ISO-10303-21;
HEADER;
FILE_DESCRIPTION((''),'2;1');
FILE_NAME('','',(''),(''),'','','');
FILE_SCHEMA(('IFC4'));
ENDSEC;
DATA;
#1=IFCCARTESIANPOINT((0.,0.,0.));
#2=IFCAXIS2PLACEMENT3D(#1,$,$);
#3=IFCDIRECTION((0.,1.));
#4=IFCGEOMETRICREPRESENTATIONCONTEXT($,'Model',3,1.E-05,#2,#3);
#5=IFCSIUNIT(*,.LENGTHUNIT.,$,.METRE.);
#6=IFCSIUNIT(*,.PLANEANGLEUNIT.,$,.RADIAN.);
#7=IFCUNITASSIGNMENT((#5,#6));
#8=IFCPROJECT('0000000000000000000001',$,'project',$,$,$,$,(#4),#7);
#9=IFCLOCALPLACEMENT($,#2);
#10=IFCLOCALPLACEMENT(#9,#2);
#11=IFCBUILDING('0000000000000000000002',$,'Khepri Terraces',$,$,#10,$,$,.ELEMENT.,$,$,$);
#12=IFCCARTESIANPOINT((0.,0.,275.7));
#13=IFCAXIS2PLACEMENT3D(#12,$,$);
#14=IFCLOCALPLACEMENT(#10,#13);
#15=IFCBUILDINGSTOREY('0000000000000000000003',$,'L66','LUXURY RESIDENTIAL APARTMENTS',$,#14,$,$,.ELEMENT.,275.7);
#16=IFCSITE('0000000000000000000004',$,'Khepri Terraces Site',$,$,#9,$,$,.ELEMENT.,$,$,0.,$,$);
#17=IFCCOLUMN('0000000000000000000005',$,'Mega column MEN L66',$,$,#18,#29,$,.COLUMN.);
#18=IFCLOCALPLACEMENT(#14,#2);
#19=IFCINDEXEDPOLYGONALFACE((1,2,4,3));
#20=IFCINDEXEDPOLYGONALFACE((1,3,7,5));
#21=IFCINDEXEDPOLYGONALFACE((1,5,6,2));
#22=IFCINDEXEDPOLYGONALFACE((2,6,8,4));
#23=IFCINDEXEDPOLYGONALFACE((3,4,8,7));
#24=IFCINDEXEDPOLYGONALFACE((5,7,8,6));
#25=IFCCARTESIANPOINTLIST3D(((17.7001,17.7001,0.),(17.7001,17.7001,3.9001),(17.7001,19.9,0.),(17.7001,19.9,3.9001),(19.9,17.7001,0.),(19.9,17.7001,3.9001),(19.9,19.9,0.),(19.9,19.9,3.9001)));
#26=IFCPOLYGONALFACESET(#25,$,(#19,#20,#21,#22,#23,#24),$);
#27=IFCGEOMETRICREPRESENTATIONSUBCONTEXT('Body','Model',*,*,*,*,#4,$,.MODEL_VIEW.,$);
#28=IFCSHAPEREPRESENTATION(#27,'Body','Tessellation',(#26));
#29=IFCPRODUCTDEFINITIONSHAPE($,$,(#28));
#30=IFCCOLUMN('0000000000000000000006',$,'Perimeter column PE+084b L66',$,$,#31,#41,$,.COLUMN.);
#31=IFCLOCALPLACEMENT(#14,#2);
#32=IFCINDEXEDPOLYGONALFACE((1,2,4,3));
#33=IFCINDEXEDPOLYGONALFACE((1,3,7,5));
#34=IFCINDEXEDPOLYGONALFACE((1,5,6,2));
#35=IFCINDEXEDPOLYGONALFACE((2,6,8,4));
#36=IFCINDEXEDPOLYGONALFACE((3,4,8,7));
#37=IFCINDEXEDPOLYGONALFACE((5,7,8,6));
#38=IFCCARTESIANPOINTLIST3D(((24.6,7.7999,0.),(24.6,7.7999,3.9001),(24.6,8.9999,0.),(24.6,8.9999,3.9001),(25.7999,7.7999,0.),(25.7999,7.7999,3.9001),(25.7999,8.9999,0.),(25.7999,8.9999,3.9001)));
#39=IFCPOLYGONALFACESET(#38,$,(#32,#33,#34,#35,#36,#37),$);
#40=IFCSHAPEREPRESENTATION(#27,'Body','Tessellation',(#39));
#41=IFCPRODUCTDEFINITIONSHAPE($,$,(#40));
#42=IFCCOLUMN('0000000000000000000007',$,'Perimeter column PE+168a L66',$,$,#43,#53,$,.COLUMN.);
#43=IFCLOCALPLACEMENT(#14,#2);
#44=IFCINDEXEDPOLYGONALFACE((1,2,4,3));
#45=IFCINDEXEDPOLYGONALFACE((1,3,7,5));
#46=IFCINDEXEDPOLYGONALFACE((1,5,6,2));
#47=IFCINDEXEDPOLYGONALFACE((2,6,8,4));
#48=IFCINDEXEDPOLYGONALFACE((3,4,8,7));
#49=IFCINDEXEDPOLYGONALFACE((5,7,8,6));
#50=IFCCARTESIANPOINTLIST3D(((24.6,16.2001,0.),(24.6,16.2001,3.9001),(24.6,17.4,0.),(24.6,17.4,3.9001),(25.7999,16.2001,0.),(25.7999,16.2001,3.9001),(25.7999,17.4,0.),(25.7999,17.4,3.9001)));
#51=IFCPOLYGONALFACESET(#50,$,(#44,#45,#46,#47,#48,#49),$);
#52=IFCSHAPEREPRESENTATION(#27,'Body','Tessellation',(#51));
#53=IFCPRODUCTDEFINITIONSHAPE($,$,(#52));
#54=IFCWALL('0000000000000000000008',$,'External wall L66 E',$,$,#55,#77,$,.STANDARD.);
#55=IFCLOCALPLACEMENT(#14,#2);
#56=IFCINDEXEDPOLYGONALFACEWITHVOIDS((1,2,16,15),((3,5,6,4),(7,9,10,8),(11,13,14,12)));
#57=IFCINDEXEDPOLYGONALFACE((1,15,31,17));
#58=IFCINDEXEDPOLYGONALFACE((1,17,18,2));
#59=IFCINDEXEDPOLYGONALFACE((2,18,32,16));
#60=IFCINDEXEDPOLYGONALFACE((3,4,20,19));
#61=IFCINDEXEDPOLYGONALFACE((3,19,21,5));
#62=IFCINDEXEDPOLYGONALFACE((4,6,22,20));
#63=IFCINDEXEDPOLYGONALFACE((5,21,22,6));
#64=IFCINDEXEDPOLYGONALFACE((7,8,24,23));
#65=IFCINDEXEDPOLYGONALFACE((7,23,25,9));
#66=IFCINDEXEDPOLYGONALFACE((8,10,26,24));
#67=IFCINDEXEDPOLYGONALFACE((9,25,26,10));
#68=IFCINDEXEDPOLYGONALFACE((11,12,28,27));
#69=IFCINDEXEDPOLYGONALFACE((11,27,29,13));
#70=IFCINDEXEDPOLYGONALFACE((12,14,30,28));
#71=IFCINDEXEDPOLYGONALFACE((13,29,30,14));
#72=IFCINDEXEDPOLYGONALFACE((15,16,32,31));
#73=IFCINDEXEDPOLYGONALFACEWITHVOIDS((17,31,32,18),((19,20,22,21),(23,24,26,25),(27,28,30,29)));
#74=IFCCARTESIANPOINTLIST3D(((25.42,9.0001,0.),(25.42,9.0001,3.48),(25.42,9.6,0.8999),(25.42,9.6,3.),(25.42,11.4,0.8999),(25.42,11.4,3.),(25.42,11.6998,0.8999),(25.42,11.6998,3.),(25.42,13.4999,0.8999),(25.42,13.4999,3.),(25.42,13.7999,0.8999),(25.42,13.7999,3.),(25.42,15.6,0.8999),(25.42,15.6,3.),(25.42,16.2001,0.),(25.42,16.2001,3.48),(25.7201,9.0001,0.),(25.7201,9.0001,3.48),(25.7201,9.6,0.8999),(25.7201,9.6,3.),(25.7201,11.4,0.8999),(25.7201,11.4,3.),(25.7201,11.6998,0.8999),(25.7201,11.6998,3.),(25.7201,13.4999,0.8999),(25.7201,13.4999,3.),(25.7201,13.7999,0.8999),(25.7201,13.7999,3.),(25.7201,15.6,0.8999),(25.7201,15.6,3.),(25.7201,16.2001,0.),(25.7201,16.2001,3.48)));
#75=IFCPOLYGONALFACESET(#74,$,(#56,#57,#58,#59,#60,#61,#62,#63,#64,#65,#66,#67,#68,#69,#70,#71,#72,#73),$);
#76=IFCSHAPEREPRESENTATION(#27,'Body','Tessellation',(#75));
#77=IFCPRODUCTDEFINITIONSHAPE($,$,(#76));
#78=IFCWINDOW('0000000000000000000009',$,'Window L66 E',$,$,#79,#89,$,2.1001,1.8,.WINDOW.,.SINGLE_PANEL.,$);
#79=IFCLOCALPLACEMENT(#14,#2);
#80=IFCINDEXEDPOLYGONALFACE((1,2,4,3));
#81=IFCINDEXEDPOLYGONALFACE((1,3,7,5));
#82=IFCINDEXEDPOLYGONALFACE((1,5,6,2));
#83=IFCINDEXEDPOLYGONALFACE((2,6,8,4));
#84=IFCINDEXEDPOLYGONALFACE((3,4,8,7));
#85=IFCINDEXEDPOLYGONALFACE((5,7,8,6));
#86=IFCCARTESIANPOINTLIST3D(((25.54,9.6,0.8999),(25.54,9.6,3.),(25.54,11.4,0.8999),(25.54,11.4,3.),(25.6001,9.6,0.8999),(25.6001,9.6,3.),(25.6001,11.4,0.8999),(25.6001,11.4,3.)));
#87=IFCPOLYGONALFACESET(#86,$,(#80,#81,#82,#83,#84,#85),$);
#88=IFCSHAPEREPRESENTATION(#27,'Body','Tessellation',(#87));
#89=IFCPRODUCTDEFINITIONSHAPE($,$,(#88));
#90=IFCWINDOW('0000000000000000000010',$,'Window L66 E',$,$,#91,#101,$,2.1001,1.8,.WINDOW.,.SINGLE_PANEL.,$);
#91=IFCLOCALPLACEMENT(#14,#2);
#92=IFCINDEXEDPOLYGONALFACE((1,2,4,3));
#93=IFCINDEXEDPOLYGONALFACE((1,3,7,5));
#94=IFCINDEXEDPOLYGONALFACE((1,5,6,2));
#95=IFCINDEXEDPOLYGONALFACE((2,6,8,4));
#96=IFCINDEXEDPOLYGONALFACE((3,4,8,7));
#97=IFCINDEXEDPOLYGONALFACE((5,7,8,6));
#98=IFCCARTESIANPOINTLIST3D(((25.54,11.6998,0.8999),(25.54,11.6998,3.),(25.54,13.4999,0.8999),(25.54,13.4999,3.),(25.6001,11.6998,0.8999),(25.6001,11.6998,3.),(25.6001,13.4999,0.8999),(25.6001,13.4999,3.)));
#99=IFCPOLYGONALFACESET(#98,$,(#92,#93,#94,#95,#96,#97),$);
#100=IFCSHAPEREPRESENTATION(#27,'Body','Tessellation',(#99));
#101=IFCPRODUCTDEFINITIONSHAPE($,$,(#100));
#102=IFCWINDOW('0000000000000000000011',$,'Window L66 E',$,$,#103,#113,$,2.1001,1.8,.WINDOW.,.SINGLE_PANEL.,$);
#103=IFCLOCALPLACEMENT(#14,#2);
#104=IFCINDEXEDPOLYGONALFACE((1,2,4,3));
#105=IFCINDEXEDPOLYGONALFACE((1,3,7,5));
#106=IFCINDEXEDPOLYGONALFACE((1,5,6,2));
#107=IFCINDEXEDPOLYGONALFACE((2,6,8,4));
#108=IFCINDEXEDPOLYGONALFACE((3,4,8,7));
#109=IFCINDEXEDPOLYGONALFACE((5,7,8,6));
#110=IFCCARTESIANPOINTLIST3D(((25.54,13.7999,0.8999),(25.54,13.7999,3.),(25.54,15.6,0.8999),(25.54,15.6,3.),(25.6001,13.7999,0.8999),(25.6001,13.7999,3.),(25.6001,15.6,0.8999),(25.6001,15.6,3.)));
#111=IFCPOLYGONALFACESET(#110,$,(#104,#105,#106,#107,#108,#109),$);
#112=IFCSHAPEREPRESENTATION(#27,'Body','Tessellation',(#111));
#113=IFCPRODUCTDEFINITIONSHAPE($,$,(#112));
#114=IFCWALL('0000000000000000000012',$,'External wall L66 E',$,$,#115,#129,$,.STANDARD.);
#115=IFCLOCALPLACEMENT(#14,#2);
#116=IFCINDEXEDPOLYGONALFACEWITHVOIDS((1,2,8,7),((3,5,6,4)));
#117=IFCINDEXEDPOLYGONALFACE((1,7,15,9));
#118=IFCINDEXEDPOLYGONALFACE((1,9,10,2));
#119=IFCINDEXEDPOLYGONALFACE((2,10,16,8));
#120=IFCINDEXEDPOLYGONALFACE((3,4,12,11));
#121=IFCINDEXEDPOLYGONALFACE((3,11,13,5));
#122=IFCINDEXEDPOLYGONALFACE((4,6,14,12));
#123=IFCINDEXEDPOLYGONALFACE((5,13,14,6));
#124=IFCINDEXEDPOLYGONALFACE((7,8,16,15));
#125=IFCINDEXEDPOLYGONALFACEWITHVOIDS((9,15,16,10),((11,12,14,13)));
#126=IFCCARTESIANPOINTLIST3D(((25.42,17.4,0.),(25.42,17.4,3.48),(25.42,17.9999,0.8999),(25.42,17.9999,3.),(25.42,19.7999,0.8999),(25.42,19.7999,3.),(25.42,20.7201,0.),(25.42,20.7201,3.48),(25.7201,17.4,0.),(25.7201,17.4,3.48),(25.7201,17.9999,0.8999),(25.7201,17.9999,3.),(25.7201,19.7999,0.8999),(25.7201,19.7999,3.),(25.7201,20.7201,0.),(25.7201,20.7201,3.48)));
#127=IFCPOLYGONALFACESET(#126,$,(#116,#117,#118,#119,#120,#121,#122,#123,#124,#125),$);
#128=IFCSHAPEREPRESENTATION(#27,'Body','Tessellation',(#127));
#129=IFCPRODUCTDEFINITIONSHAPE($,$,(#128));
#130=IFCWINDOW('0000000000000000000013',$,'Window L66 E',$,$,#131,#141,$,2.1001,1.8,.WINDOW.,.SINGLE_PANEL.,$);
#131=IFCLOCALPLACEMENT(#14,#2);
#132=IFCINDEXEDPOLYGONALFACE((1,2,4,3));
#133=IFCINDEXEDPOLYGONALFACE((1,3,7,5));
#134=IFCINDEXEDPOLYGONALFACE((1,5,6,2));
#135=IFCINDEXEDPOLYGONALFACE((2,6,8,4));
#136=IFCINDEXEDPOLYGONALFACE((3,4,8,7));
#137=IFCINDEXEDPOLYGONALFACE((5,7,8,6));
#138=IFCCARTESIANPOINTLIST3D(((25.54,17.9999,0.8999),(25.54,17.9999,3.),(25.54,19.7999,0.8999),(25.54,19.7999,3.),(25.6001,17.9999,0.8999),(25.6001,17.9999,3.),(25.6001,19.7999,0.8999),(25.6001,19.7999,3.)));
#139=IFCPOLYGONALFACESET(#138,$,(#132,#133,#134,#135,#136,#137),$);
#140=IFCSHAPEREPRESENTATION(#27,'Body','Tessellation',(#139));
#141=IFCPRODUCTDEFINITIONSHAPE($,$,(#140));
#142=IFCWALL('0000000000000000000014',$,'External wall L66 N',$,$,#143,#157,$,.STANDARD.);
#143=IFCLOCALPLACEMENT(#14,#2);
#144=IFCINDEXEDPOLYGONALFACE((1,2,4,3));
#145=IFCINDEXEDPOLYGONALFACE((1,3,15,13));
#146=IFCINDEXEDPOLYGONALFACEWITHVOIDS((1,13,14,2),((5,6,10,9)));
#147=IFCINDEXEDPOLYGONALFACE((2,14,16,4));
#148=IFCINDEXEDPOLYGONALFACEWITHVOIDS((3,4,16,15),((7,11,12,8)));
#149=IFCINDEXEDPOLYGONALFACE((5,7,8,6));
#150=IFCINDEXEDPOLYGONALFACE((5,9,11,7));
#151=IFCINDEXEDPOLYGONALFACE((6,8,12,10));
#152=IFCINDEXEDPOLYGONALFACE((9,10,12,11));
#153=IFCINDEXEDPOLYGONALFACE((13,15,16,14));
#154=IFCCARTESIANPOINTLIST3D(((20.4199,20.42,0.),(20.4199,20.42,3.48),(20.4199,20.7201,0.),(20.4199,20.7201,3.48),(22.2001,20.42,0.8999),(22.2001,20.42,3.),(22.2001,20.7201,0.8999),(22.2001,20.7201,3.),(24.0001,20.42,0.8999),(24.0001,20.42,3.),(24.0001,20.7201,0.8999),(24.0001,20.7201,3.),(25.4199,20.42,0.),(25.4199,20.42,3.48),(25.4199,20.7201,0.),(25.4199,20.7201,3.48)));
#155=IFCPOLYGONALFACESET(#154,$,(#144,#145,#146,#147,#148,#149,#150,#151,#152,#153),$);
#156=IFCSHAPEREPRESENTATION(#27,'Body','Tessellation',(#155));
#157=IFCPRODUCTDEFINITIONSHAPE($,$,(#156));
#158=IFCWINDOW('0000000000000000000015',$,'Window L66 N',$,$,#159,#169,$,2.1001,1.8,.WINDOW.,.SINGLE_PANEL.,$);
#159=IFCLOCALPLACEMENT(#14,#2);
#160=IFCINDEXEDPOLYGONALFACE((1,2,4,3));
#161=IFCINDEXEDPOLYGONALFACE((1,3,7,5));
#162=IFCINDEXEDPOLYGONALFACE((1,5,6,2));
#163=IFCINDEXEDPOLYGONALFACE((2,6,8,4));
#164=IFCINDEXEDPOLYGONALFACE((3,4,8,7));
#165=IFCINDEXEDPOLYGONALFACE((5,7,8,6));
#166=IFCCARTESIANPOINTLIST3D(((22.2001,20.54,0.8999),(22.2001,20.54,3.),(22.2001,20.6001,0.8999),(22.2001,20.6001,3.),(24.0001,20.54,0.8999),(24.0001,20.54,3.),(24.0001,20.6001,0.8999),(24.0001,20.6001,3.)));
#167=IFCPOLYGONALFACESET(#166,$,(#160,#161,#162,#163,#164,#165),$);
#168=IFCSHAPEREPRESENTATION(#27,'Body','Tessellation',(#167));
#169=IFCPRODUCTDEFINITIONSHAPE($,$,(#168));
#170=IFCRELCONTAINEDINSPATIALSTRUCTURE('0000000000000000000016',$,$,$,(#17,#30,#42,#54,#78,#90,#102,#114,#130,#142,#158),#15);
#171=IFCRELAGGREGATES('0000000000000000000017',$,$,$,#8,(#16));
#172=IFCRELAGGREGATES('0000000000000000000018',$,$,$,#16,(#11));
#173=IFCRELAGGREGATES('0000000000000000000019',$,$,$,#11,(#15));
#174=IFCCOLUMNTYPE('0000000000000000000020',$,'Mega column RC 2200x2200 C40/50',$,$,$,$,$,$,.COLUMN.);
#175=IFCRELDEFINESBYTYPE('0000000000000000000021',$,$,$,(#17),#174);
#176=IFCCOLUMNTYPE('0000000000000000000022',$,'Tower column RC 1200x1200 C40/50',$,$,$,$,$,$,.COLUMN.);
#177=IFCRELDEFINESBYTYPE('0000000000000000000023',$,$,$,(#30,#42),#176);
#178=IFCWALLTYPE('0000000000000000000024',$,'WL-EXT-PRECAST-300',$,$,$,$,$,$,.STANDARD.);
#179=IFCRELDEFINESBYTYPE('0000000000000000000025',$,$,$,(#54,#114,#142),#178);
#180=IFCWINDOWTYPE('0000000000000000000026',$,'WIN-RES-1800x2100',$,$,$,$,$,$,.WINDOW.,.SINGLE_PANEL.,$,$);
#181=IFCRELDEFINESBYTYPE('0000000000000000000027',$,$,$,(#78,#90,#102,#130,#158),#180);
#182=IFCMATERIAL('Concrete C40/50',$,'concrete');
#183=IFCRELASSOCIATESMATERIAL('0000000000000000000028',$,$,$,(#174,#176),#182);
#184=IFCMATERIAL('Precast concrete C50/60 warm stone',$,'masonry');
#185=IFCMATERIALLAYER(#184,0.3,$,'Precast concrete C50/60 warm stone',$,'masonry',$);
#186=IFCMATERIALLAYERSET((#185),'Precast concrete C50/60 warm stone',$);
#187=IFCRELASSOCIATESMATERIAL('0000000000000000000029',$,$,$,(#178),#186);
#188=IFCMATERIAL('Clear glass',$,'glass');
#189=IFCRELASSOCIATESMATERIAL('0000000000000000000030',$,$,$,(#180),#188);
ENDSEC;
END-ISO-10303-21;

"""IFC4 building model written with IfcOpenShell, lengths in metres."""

from ifc_helpers import new_model, si_unit, direction, frame, frame_2d, origin, origin_2d, place, context, subcontext, project, spatial, rectangle, extrude, material, layer, layer_set, material_profile, profile_set, type_object, element, fill, save


model = new_model("IFC4")

# Units and contexts
model_context = context("Model", 3, precision=1e-05, world=origin(), true_north=direction((0.0, 1.0)))
body_context = subcontext(model_context, "Body", "Model", "MODEL_VIEW")
ifc_project = project(units=[si_unit("LENGTHUNIT", "METRE"), si_unit("PLANEANGLEUNIT", "RADIAN")], contexts=[model_context])

# Site, building, storey
site_placement = place(None, origin())
site = spatial("IfcSite", under=ifc_project, at=site_placement, Name="Khepri Terraces Site", CompositionType="ELEMENT", RefElevation=0.0)
building_placement = place(site_placement, origin())
building = spatial("IfcBuilding", under=site, at=building_placement, Name="Khepri Terraces", CompositionType="ELEMENT")
storey_placement = place(building_placement, frame((0.0, 0.0, 275.7)))
storey = spatial("IfcBuildingStorey", under=building, at=storey_placement, Name="L66", Description="LUXURY RESIDENTIAL APARTMENTS", CompositionType="ELEMENT", Elevation=275.7)

# Columns
ifc_material_1 = material(Name="Concrete C40/50", Category="concrete")
ifc_material_profile_1 = material_profile(ifc_material_1, rectangle(XDim=2.2, YDim=2.2, at=origin_2d()), Name="Concrete C40/50", Category="concrete")
ifc_profile_set_1 = profile_set([ifc_material_profile_1], Name="Concrete C40/50")
column_type_1 = type_object("IfcColumnType", Name="Mega column RC 2200x2200 C40/50", PredefinedType="COLUMN", material=ifc_profile_set_1)
column_placement = place(storey_placement, frame((18.8, 18.8, 0.0), z_axis=(0.0, 0.0, 1.0), x_axis=(1.0, 0.0, 0.0)))
element("IfcColumn", 1, at=column_placement, inside=storey, type_object=column_type_1, Name="Mega column MEN L66", PredefinedType="COLUMN", context=body_context, shape_type="SweptSolid", body=[
    extrude(rectangle(XDim=2.2, YDim=2.2, at=origin_2d()), origin(), (0.0, 0.0, 1.0), 3.9001),
])
ifc_material_profile_2 = material_profile(ifc_material_1, rectangle(XDim=1.2, YDim=1.2, at=origin_2d()), Name="Concrete C40/50", Category="concrete")
ifc_profile_set_2 = profile_set([ifc_material_profile_2], Name="Concrete C40/50")
column_type_2 = type_object("IfcColumnType", Name="Tower column RC 1200x1200 C40/50", PredefinedType="COLUMN", material=ifc_profile_set_2)
for number, where, z_axis, x_axis, name in (
    (2, (25.2, 8.3999, 0.0), (0.0, 0.0, 1.0), (1.0, 0.0, 0.0), "Perimeter column PE+084b L66"),
    (3, (25.2, 16.8, 0.0), (0.0, 0.0, 1.0), (1.0, 0.0, 0.0), "Perimeter column PE+168a L66"),
):
    element("IfcColumn", number, at=place(storey_placement, frame(where, z_axis=z_axis, x_axis=x_axis)), inside=storey, type_object=column_type_2, Name=name, PredefinedType="COLUMN", context=body_context, shape_type="SweptSolid", body=[
        extrude(rectangle(XDim=1.2, YDim=1.2, at=origin_2d()), origin(), (0.0, 0.0, 1.0), 3.9001),
    ])

# Wall, openings, windows
ifc_material_2 = material(Name="Precast concrete C50/60 warm stone", Category="masonry")
ifc_layer_1 = layer(ifc_material_2, 0.3, Name="Precast concrete C50/60 warm stone", Category="masonry")
ifc_layer_set_1 = layer_set([ifc_layer_1], Name="Precast concrete C50/60 warm stone")
wall_type_1 = type_object("IfcWallType", Name="WL-EXT-PRECAST-300", PredefinedType="STANDARD", material=ifc_layer_set_1)
wall_1_placement = place(storey_placement, frame((25.5701, 9.0, 0.0), z_axis=(0.0, 0.0, 1.0), x_axis=(0.0, 1.0, 0.0)))
wall_1 = element("IfcWall", 4, at=wall_1_placement, inside=storey, type_object=wall_type_1, Name="External wall L66 E", PredefinedType="STANDARD", context=body_context, shape_type="SweptSolid", body=[
    extrude(rectangle(XDim=7.2, YDim=0.3, at=frame_2d((3.6001, 0.0))), origin(), (0.0, 0.0, 1.0), 3.48),
])
opening_1_placement = place(wall_1_placement, frame((0.6001, 0.0, 0.8999)))
opening_1 = element("IfcOpeningElement", 5, at=opening_1_placement, cuts=wall_1, PredefinedType="OPENING", context=body_context, shape_type="SweptSolid", body=[
    extrude(rectangle(XDim=1.8, YDim=2.1001, at=frame_2d((0.8999, 1.05))), frame((0.0, 0.1602, 0.0), z_axis=(0.0, -1.0, 0.0), x_axis=(1.0, 0.0, 0.0)), (0.0, 0.0, 1.0), 0.3201),
])
opening_2_placement = place(wall_1_placement, frame((2.7, 0.0, 0.8999)))
opening_2 = element("IfcOpeningElement", 6, at=opening_2_placement, cuts=wall_1, PredefinedType="OPENING", context=body_context, shape_type="SweptSolid", body=[
    extrude(rectangle(XDim=1.8, YDim=2.1001, at=frame_2d((0.8999, 1.05))), frame((0.0, 0.1602, 0.0), z_axis=(0.0, -1.0, 0.0), x_axis=(1.0, 0.0, 0.0)), (0.0, 0.0, 1.0), 0.3201),
])
opening_3_placement = place(wall_1_placement, frame((4.8, 0.0, 0.8999)))
opening_3 = element("IfcOpeningElement", 7, at=opening_3_placement, cuts=wall_1, PredefinedType="OPENING", context=body_context, shape_type="SweptSolid", body=[
    extrude(rectangle(XDim=1.8, YDim=2.1001, at=frame_2d((0.8999, 1.05))), frame((0.0, 0.1602, 0.0), z_axis=(0.0, -1.0, 0.0), x_axis=(1.0, 0.0, 0.0)), (0.0, 0.0, 1.0), 0.3201),
])
ifc_material_3 = material(Name="Clear glass", Category="glass")
window_type = type_object("IfcWindowType", Name="WIN-RES-1800x2100", PartitioningType="SINGLE_PANEL", PredefinedType="WINDOW", material=ifc_material_3)
window_1_placement = place(opening_1_placement, origin())
window_1 = element("IfcWindow", 8, at=window_1_placement, inside=storey, type_object=window_type, Name="Window L66 E", OverallHeight=2.1001, OverallWidth=1.8, PartitioningType="SINGLE_PANEL", PredefinedType="WINDOW", context=body_context, shape_type="SweptSolid", body=[
    extrude(rectangle(XDim=1.8, YDim=2.1001, at=frame_2d((0.8999, 1.05))), frame((0.0, 0.03, 0.0), z_axis=(0.0, -1.0, 0.0), x_axis=(1.0, 0.0, 0.0)), (0.0, 0.0, 1.0), 0.0601),
])
fill(opening_1, window_1)
window_2_placement = place(opening_2_placement, origin())
window_2 = element("IfcWindow", 9, at=window_2_placement, inside=storey, type_object=window_type, Name="Window L66 E", OverallHeight=2.1001, OverallWidth=1.8, PartitioningType="SINGLE_PANEL", PredefinedType="WINDOW", context=body_context, shape_type="SweptSolid", body=[
    extrude(rectangle(XDim=1.8, YDim=2.1001, at=frame_2d((0.8999, 1.05))), frame((0.0, 0.03, 0.0), z_axis=(0.0, -1.0, 0.0), x_axis=(1.0, 0.0, 0.0)), (0.0, 0.0, 1.0), 0.0601),
])
fill(opening_2, window_2)
window_3_placement = place(opening_3_placement, origin())
window_3 = element("IfcWindow", 10, at=window_3_placement, inside=storey, type_object=window_type, Name="Window L66 E", OverallHeight=2.1001, OverallWidth=1.8, PartitioningType="SINGLE_PANEL", PredefinedType="WINDOW", context=body_context, shape_type="SweptSolid", body=[
    extrude(rectangle(XDim=1.8, YDim=2.1001, at=frame_2d((0.8999, 1.05))), frame((0.0, 0.03, 0.0), z_axis=(0.0, -1.0, 0.0), x_axis=(1.0, 0.0, 0.0)), (0.0, 0.0, 1.0), 0.0601),
])
fill(opening_3, window_3)

# Walls, openings, windows
wall_2_placement = place(storey_placement, frame((25.5701, 17.3999, 0.0), z_axis=(0.0, 0.0, 1.0), x_axis=(0.0, 1.0, 0.0)))
wall_2 = element("IfcWall", 11, at=wall_2_placement, inside=storey, type_object=wall_type_1, Name="External wall L66 E", PredefinedType="STANDARD", context=body_context, shape_type="SweptSolid", body=[
    extrude(rectangle(XDim=3.3201, YDim=0.3, at=frame_2d((1.6602, 0.0))), origin(), (0.0, 0.0, 1.0), 3.48),
])
opening_4_placement = place(wall_2_placement, frame((0.6001, 0.0, 0.8999)))
opening_4 = element("IfcOpeningElement", 12, at=opening_4_placement, cuts=wall_2, PredefinedType="OPENING", context=body_context, shape_type="SweptSolid", body=[
    extrude(rectangle(XDim=1.8, YDim=2.1001, at=frame_2d((0.8999, 1.05))), frame((0.0, 0.1602, 0.0), z_axis=(0.0, -1.0, 0.0), x_axis=(1.0, 0.0, 0.0)), (0.0, 0.0, 1.0), 0.3201),
])
window_4_placement = place(opening_4_placement, origin())
window_4 = element("IfcWindow", 13, at=window_4_placement, inside=storey, type_object=window_type, Name="Window L66 E", OverallHeight=2.1001, OverallWidth=1.8, PartitioningType="SINGLE_PANEL", PredefinedType="WINDOW", context=body_context, shape_type="SweptSolid", body=[
    extrude(rectangle(XDim=1.8, YDim=2.1001, at=frame_2d((0.8999, 1.05))), frame((0.0, 0.03, 0.0), z_axis=(0.0, -1.0, 0.0), x_axis=(1.0, 0.0, 0.0)), (0.0, 0.0, 1.0), 0.0601),
])
fill(opening_4, window_4)
wall_3_placement = place(storey_placement, frame((25.4199, 20.5701, 0.0), z_axis=(0.0, 0.0, 1.0), x_axis=(-1.0, 0.0, 0.0)))
wall_3 = element("IfcWall", 14, at=wall_3_placement, inside=storey, type_object=wall_type_1, Name="External wall L66 N", PredefinedType="STANDARD", context=body_context, shape_type="SweptSolid", body=[
    extrude(rectangle(XDim=5.0, YDim=0.3, at=frame_2d((2.5, 0.0))), origin(), (0.0, 0.0, 1.0), 3.48),
])
opening_5_placement = place(wall_3_placement, frame((1.4199, 0.0, 0.8999)))
opening_5 = element("IfcOpeningElement", 15, at=opening_5_placement, cuts=wall_3, PredefinedType="OPENING", context=body_context, shape_type="SweptSolid", body=[
    extrude(rectangle(XDim=1.8, YDim=2.1001, at=frame_2d((0.8999, 1.05))), frame((0.0, 0.1602, 0.0), z_axis=(0.0, -1.0, 0.0), x_axis=(1.0, 0.0, 0.0)), (0.0, 0.0, 1.0), 0.3201),
])
window_5_placement = place(opening_5_placement, origin())
window_5 = element("IfcWindow", 16, at=window_5_placement, inside=storey, type_object=window_type, Name="Window L66 N", OverallHeight=2.1001, OverallWidth=1.8, PartitioningType="SINGLE_PANEL", PredefinedType="WINDOW", context=body_context, shape_type="SweptSolid", body=[
    extrude(rectangle(XDim=1.8, YDim=2.1001, at=frame_2d((0.8999, 1.05))), frame((0.0, 0.03, 0.0), z_axis=(0.0, -1.0, 0.0), x_axis=(1.0, 0.0, 0.0)), (0.0, 0.0, 1.0), 0.0601),
])
fill(opening_5, window_5)

save(model, "model.ifc")
